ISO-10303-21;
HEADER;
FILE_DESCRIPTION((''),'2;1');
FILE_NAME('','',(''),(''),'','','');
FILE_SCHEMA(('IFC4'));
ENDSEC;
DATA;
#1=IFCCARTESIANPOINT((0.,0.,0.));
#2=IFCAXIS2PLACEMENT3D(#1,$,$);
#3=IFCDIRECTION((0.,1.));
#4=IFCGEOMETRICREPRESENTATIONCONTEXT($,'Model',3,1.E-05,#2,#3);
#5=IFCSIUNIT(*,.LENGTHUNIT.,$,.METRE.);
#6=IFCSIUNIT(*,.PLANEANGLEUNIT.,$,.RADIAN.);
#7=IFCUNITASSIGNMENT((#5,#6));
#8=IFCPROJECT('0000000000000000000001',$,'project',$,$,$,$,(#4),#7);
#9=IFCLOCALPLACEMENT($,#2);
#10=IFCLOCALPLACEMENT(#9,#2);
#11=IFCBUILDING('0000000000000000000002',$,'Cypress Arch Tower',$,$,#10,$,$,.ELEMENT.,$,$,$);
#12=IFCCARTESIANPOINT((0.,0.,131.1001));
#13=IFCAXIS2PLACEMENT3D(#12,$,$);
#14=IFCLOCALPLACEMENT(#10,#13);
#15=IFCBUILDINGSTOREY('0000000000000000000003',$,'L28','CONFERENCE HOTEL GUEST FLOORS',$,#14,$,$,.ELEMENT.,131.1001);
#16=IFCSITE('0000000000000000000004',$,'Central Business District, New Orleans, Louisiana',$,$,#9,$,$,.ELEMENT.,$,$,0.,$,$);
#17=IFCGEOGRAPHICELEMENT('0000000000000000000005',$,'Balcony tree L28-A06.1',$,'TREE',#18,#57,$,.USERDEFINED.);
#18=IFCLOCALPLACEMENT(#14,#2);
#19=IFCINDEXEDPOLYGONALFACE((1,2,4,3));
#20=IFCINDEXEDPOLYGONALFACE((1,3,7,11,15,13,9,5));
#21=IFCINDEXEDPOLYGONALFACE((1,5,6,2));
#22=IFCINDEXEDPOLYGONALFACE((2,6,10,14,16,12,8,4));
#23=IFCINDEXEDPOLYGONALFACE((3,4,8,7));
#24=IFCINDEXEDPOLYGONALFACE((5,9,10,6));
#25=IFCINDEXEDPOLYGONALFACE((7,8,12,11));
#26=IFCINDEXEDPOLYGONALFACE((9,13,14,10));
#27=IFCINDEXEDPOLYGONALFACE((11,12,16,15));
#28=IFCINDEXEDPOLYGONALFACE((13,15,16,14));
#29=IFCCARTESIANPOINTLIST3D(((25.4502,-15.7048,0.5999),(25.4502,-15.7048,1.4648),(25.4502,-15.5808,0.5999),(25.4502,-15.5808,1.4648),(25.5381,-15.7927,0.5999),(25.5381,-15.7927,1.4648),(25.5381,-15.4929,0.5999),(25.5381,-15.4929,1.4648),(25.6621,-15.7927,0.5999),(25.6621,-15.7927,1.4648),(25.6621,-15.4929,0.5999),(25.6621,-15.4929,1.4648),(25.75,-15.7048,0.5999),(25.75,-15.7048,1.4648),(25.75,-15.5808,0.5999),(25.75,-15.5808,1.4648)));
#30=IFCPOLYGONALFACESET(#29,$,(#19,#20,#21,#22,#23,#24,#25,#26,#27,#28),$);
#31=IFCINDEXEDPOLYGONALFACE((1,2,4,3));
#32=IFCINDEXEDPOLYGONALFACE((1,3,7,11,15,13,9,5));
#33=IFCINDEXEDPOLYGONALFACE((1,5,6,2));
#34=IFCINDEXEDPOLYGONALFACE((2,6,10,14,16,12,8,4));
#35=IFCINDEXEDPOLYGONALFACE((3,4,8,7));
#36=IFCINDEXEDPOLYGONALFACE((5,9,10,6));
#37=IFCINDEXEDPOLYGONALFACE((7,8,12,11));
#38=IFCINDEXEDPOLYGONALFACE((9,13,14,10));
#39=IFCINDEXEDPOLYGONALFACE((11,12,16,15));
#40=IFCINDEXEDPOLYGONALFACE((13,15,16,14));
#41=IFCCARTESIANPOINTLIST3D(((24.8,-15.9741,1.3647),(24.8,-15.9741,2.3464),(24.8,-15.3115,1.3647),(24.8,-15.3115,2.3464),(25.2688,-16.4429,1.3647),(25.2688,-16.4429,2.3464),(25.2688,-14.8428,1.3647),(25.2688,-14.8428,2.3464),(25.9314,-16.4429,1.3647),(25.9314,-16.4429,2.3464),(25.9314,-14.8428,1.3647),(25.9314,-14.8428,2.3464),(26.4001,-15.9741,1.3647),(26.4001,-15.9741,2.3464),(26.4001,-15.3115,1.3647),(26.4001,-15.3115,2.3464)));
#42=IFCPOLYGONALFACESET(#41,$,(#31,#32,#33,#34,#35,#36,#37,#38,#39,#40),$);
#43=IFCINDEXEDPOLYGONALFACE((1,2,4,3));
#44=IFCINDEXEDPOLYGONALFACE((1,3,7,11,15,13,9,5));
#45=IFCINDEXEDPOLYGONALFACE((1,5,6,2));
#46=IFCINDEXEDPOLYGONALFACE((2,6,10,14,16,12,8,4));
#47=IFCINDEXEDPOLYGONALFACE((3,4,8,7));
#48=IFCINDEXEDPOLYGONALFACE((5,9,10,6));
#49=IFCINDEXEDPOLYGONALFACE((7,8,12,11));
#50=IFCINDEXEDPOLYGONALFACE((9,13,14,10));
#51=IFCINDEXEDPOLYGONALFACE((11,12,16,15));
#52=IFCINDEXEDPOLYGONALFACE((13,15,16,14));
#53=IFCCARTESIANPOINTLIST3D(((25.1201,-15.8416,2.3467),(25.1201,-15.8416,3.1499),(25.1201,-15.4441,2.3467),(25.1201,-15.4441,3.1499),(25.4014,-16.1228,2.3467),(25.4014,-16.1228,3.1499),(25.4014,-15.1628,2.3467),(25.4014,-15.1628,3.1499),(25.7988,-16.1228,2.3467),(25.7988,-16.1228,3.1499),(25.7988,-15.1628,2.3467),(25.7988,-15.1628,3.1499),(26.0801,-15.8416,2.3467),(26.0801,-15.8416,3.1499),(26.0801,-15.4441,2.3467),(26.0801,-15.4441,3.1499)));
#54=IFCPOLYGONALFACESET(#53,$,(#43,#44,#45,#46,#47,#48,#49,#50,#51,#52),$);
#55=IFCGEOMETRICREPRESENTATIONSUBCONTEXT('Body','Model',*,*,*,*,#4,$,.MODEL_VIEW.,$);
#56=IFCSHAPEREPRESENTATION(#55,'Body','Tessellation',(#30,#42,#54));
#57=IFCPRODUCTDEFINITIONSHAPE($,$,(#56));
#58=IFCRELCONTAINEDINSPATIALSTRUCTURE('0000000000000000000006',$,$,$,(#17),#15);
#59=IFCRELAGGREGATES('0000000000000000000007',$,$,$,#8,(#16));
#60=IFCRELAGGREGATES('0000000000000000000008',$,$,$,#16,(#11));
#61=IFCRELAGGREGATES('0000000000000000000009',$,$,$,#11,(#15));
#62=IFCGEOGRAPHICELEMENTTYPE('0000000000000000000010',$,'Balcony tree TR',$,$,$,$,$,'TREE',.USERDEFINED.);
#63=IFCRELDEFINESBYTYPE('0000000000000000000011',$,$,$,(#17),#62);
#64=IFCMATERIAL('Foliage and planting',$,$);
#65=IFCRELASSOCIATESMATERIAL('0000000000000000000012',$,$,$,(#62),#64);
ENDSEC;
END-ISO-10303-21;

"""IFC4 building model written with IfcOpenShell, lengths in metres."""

from ifc_helpers import new_model, si_unit, direction, frame, origin, place, context, subcontext, project, spatial, polyline, outline, extrude, material, type_object, element, save


model = new_model("IFC4")

# Units and contexts
model_context = context("Model", 3, precision=1e-05, world=origin(), true_north=direction((0.0, 1.0)))
body_context = subcontext(model_context, "Body", "Model", "MODEL_VIEW")
ifc_project = project(units=[si_unit("LENGTHUNIT", "METRE"), si_unit("PLANEANGLEUNIT", "RADIAN")], contexts=[model_context])

# Site, building, storey
site_placement = place(None, origin())
site = spatial("IfcSite", under=ifc_project, at=site_placement, Name="Central Business District, New Orleans, Louisiana", CompositionType="ELEMENT", RefElevation=0.0)
building_placement = place(site_placement, origin())
building = spatial("IfcBuilding", under=site, at=building_placement, Name="Cypress Arch Tower", CompositionType="ELEMENT")
storey_placement = place(building_placement, frame((0.0, 0.0, 131.1001)))
storey = spatial("IfcBuildingStorey", under=building, at=storey_placement, Name="L28", Description="CONFERENCE HOTEL GUEST FLOORS", CompositionType="ELEMENT", Elevation=131.1001)

# Geographic element
ifc_material_1 = material(Name="Foliage and planting")
geographic_element_type = type_object("IfcGeographicElementType", Name="Balcony tree TR", ElementType="TREE", PredefinedType="USERDEFINED", material=ifc_material_1)
geographic_element_placement = place(storey_placement, frame((25.6001, -15.6428, 0.5999), z_axis=(0.0, 0.0, 1.0), x_axis=(1.0, 0.0, 0.0)))
element("IfcGeographicElement", 1, at=geographic_element_placement, inside=storey, type_object=geographic_element_type, Name="Balcony tree L28-A06.1", ObjectType="TREE", PredefinedType="USERDEFINED", context=body_context, shape_type="SweptSolid", body=[
    extrude(outline(polyline([(0.1499, 0.062), (0.062, 0.1499), (-0.062, 0.1499), (-0.1499, 0.062), (-0.1499, -0.062), (-0.062, -0.1499), (0.062, -0.1499), (0.1499, -0.062), (0.1499, 0.062)])), origin(), (0.0, 0.0, 1.0), 0.865),
    extrude(outline(polyline([(0.8, 0.3313), (0.3313, 0.8), (-0.3313, 0.8), (-0.8, 0.3313), (-0.8, -0.3313), (-0.3313, -0.8), (0.3313, -0.8), (0.8, -0.3313), (0.8, 0.3313)])), frame((0.0, 0.0, 0.7649)), (0.0, 0.0, 1.0), 0.9817),
    extrude(outline(polyline([(0.48, 0.1987), (0.1987, 0.48), (-0.1987, 0.48), (-0.48, 0.1987), (-0.48, -0.1987), (-0.1987, -0.48), (0.1987, -0.48), (0.48, -0.1987), (0.48, 0.1987)])), frame((0.0, 0.0, 1.7468)), (0.0, 0.0, 1.0), 0.8032),
])

save(model, "model.ifc")
